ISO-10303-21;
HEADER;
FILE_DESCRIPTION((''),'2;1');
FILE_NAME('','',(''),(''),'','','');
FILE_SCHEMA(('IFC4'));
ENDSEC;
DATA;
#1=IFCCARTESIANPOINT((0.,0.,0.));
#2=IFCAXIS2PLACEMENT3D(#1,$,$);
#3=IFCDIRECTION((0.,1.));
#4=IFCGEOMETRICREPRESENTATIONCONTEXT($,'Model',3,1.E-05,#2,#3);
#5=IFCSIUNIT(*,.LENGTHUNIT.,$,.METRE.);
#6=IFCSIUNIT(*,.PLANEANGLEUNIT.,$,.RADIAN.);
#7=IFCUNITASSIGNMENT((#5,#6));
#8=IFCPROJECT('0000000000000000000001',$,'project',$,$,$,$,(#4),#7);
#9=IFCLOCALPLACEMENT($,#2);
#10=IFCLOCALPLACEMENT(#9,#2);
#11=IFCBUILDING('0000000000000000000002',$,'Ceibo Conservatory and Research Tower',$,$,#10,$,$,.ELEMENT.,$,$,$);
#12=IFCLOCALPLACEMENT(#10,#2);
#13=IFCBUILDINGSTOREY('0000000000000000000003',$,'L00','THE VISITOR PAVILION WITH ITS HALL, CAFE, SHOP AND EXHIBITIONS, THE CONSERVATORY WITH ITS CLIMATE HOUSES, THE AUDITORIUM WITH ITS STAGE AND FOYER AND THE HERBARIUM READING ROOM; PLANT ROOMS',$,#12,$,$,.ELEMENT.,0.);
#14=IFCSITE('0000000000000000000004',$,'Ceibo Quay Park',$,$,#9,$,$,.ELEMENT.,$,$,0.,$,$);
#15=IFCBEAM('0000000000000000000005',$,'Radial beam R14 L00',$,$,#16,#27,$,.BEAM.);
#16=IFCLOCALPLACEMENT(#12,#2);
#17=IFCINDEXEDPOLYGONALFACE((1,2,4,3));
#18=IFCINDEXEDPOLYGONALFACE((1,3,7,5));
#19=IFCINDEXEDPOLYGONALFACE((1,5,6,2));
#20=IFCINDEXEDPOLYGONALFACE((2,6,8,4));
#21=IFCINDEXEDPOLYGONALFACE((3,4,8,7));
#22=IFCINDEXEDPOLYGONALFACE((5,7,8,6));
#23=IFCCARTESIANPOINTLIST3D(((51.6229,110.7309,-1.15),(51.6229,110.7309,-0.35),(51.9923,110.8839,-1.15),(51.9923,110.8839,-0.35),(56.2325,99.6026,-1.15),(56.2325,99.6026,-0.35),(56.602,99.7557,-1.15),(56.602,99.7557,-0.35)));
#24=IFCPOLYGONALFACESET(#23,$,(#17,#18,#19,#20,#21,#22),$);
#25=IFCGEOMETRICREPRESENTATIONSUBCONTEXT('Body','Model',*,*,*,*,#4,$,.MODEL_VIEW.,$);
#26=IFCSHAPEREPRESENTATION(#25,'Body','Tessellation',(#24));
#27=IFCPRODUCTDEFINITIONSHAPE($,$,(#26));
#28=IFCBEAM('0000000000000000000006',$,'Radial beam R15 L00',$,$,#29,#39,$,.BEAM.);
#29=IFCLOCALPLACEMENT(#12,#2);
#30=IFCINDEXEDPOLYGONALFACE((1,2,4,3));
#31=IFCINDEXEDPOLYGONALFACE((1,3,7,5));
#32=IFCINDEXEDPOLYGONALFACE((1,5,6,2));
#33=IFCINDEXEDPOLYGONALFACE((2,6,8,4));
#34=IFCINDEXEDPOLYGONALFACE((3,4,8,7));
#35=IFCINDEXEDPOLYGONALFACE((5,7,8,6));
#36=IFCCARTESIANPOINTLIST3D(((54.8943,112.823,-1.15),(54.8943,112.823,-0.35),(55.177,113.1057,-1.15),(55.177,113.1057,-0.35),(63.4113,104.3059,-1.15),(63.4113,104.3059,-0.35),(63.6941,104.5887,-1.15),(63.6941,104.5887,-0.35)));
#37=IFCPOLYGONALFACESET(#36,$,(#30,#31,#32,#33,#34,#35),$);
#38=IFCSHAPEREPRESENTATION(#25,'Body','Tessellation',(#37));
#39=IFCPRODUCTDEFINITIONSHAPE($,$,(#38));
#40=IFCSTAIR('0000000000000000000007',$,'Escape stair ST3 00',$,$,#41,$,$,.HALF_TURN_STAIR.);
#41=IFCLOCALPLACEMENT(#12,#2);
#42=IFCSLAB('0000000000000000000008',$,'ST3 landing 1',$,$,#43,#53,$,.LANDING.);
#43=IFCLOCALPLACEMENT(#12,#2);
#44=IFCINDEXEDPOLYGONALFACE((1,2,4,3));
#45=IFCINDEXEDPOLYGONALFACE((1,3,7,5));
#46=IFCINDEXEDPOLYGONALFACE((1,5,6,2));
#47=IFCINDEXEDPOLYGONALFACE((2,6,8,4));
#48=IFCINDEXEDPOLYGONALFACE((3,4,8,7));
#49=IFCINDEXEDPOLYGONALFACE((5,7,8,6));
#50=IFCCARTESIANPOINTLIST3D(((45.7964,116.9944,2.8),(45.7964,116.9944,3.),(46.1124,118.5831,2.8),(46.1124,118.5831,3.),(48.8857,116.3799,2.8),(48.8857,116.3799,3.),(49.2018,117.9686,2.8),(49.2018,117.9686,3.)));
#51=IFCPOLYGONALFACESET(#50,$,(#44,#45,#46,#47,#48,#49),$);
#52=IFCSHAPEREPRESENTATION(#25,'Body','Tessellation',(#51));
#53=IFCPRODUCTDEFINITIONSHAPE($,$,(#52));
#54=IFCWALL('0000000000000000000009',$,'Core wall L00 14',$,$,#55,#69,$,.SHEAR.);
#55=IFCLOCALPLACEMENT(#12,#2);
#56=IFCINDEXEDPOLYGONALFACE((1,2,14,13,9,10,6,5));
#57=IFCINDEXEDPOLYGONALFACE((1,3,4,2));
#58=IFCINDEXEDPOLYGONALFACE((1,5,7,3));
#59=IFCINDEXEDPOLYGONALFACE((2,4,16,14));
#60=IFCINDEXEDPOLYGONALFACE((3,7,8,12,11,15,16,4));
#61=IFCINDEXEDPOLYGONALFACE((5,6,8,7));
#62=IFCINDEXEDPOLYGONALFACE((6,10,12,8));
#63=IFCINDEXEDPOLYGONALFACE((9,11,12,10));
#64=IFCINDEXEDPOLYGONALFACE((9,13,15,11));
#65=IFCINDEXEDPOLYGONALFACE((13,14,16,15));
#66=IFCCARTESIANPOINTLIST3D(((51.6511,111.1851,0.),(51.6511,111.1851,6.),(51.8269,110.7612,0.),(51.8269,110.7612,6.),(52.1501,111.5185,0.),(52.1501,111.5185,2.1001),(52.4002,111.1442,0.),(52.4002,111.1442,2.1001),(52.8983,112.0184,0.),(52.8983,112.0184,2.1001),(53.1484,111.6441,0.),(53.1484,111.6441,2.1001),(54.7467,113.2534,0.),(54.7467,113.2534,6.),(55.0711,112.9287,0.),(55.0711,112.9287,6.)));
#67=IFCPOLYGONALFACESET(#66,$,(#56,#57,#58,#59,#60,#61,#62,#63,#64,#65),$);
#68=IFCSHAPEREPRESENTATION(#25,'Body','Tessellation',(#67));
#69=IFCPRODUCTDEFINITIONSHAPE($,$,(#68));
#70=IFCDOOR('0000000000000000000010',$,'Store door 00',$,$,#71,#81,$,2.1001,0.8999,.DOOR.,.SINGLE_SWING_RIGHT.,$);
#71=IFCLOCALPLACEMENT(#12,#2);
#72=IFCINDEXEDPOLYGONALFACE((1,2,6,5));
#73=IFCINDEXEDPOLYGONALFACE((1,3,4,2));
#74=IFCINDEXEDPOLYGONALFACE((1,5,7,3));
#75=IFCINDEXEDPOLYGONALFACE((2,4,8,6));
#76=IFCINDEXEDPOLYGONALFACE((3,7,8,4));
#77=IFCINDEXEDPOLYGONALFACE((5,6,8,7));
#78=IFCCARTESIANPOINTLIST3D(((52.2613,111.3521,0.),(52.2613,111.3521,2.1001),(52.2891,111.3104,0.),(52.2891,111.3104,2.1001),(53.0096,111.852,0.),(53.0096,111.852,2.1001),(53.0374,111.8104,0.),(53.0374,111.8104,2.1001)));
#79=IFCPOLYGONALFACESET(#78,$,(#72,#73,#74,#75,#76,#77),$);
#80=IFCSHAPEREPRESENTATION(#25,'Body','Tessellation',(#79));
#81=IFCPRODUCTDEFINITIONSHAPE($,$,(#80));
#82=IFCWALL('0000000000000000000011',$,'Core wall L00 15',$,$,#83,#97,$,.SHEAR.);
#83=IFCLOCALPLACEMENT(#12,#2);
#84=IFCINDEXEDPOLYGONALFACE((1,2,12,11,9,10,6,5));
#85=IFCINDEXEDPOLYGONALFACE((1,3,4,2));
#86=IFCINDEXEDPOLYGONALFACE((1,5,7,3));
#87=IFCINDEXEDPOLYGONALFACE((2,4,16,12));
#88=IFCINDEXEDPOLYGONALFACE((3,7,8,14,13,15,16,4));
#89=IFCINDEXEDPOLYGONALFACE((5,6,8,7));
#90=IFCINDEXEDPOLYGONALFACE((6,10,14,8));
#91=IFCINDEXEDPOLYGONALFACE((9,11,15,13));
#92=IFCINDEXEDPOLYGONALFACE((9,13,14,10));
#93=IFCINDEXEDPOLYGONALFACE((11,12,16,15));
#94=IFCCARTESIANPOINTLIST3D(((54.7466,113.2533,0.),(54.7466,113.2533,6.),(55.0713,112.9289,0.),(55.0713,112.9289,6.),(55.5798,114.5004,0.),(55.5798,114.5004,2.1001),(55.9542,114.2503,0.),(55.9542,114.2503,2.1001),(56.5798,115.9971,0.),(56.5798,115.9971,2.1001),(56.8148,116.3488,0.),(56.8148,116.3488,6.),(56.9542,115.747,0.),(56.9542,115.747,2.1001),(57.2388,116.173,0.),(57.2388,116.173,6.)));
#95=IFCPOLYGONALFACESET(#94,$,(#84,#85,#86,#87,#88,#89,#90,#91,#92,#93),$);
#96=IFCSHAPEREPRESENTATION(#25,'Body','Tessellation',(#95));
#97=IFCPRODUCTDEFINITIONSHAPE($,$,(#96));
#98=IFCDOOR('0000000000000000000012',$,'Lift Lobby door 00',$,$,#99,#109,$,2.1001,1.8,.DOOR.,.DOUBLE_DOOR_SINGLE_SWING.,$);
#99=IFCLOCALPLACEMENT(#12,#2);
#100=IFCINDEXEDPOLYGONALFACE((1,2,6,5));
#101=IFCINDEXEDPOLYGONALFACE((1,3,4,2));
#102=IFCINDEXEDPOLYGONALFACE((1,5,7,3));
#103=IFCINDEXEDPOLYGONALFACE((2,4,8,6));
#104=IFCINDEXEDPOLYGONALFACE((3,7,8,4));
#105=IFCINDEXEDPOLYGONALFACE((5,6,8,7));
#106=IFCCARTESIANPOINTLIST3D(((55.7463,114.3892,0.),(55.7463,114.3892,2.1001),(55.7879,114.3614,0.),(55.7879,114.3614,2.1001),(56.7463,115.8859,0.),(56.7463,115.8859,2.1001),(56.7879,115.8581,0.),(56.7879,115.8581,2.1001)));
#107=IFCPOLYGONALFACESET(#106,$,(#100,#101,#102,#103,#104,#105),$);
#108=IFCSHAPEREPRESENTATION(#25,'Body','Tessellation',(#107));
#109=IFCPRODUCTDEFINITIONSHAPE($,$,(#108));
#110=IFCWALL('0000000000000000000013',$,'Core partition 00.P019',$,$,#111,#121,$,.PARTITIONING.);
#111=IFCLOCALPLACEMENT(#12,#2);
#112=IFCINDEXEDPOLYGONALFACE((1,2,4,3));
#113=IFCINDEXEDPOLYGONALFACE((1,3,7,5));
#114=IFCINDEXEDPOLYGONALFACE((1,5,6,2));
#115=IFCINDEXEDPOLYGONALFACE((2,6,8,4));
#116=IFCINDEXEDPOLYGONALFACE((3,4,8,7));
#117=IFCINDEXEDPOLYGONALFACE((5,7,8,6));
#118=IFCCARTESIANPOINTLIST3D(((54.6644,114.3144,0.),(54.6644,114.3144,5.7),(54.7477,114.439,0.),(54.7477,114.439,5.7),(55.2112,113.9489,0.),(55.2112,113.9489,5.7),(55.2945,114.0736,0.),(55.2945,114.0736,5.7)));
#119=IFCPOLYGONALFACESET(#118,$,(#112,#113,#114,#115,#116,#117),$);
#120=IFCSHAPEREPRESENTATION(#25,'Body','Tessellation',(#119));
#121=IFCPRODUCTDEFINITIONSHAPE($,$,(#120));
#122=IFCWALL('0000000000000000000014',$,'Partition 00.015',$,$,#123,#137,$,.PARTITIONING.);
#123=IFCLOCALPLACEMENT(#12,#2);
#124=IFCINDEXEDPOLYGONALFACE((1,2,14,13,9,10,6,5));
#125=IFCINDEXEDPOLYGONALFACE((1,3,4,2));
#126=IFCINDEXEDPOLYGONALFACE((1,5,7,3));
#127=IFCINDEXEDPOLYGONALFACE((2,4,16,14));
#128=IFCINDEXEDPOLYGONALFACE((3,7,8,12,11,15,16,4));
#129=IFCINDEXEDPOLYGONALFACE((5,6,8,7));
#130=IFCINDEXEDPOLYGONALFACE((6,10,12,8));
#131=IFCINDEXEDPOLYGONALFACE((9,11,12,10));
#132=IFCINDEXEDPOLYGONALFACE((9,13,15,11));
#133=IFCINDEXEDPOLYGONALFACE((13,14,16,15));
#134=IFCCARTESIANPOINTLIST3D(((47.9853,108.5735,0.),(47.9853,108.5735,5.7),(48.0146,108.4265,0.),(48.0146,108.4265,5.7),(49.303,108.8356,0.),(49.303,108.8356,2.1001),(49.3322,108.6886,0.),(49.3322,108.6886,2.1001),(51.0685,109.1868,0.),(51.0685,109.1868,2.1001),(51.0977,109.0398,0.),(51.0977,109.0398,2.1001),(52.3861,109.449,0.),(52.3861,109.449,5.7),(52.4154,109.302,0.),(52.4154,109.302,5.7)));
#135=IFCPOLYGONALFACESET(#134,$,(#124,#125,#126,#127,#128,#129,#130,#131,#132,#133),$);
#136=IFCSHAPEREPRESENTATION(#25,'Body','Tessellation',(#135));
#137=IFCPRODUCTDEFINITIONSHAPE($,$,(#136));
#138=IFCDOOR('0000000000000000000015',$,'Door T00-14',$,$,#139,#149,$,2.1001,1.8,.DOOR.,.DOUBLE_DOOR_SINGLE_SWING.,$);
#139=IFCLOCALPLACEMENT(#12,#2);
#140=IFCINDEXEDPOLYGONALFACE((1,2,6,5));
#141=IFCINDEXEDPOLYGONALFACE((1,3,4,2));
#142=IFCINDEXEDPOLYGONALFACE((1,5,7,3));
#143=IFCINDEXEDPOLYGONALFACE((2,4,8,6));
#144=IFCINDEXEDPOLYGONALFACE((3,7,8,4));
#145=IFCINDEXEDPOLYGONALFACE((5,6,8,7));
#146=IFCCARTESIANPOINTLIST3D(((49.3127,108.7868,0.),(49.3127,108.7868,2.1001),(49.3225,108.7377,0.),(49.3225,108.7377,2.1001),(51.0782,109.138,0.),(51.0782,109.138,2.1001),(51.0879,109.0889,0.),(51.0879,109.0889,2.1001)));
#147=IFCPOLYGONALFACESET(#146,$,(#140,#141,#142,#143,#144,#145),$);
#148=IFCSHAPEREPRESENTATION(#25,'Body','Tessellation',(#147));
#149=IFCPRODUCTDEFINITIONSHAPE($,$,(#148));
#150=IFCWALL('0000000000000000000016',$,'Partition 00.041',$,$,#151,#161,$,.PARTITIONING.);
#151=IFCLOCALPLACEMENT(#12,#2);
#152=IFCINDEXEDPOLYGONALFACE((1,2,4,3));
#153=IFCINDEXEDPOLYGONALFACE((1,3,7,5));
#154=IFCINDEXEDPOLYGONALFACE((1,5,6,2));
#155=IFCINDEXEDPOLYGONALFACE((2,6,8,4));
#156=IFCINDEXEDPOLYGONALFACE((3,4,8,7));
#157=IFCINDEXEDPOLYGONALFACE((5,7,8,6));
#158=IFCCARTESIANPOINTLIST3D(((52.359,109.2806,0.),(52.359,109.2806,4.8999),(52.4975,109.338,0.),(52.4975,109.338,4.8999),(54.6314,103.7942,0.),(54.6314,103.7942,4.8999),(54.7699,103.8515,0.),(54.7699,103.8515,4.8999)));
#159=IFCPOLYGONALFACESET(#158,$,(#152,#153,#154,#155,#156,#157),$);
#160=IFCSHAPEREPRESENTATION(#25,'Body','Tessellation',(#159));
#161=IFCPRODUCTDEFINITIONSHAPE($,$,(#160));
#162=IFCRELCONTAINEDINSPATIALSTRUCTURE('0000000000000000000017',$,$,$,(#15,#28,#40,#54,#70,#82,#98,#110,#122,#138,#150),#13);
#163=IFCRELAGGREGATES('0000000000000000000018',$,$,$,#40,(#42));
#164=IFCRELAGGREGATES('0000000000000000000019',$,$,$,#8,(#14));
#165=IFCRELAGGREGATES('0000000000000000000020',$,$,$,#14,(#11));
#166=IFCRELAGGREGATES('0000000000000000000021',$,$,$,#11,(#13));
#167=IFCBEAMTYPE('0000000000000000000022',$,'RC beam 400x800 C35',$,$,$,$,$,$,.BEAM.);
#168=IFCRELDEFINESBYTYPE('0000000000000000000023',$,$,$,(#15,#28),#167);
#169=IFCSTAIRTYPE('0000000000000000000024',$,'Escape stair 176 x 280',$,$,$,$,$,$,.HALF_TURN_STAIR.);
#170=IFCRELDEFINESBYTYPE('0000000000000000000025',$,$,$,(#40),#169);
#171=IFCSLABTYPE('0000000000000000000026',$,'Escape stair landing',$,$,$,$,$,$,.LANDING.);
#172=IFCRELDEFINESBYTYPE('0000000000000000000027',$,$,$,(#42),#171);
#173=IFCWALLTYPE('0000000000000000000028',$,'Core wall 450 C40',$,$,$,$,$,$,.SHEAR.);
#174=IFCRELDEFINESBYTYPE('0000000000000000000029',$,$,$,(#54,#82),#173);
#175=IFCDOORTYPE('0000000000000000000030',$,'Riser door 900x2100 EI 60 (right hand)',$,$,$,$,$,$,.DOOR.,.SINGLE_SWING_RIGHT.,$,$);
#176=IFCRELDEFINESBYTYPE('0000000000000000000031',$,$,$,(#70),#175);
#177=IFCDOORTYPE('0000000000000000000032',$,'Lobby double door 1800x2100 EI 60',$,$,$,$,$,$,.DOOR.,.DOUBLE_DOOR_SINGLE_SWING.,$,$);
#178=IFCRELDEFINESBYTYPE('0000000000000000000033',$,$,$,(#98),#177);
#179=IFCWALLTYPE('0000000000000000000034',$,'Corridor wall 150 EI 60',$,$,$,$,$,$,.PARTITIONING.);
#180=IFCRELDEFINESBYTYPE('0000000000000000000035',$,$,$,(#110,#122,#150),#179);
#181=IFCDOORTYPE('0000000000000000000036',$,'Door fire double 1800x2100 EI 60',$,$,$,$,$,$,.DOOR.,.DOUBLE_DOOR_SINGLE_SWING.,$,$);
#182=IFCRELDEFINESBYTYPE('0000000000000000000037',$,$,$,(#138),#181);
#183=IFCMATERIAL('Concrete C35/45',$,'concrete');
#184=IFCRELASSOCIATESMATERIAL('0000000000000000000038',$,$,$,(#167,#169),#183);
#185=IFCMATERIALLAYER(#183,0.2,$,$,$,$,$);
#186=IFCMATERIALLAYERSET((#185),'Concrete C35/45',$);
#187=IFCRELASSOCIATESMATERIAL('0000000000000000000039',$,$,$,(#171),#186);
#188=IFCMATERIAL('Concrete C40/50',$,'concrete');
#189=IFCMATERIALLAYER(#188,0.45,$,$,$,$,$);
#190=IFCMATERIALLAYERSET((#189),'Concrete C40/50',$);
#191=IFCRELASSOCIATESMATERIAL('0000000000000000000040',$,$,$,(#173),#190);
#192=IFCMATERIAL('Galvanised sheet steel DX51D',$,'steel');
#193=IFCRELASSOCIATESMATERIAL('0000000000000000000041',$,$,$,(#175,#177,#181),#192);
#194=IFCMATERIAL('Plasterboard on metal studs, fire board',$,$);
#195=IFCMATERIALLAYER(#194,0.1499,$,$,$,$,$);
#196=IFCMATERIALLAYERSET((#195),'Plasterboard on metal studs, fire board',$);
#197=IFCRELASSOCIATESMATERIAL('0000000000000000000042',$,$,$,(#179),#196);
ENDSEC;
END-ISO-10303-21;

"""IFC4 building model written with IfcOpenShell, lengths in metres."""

from ifc_helpers import new_model, si_unit, direction, frame, frame_2d, origin, origin_2d, place, context, subcontext, project, spatial, polyline, rectangle, outline, extrude, material, layer, layer_set, material_profile, profile_set, type_object, element, fill, aggregate, save


model = new_model("IFC4")

# Units and contexts
model_context = context("Model", 3, precision=1e-05, world=origin(), true_north=direction((0.0, 1.0)))
body_context = subcontext(model_context, "Body", "Model", "MODEL_VIEW")
ifc_project = project(units=[si_unit("LENGTHUNIT", "METRE"), si_unit("PLANEANGLEUNIT", "RADIAN")], contexts=[model_context])

# Site, building, storey
site_placement = place(None, origin())
site = spatial("IfcSite", under=ifc_project, at=site_placement, Name="Ceibo Quay Park", CompositionType="ELEMENT", RefElevation=0.0)
building_placement = place(site_placement, origin())
building = spatial("IfcBuilding", under=site, at=building_placement, Name="Ceibo Conservatory and Research Tower", CompositionType="ELEMENT")
storey_placement = place(building_placement, origin())
storey = spatial("IfcBuildingStorey", under=building, at=storey_placement, Name="L00", Description="THE VISITOR PAVILION WITH ITS HALL, CAFE, SHOP AND EXHIBITIONS, THE CONSERVATORY WITH ITS CLIMATE HOUSES, THE AUDITORIUM WITH ITS STAGE AND FOYER AND THE HERBARIUM READING ROOM; PLANT ROOMS", CompositionType="ELEMENT", Elevation=0.0)

# Beams
ifc_material_1 = material(Name="Concrete C35/45", Category="concrete")
ifc_material_profile = material_profile(ifc_material_1, rectangle(XDim=0.3999, YDim=0.8, at=origin_2d()), Name="RC 400x800")
ifc_profile_set = profile_set([ifc_material_profile], Name="Concrete C35/45")
beam_type = type_object("IfcBeamType", Name="RC beam 400x800 C35", PredefinedType="BEAM", material=ifc_profile_set)
beam_1_placement = place(storey_placement, frame((51.8076, 110.8074, -0.75), z_axis=(0.382696, -0.923874, 0.0), x_axis=(0.923874, 0.382696, 0.0)))
element("IfcBeam", 1, at=beam_1_placement, inside=storey, type_object=beam_type, Name="Radial beam R14 L00", PredefinedType="BEAM", context=body_context, shape_type="SweptSolid", body=[
    extrude(rectangle(XDim=0.3999, YDim=0.8, at=origin_2d()), origin(), (0.0, 0.0, 1.0), 12.0452),
])
beam_2_placement = place(storey_placement, frame((55.0356, 112.9644, -0.75), z_axis=(0.707107, -0.707107, 0.0), x_axis=(0.707107, 0.707107, 0.0)))
element("IfcBeam", 2, at=beam_2_placement, inside=storey, type_object=beam_type, Name="Radial beam R15 L00", PredefinedType="BEAM", context=body_context, shape_type="SweptSolid", body=[
    extrude(rectangle(XDim=0.3999, YDim=0.8, at=origin_2d()), origin(), (0.0, 0.0, 1.0), 12.0449),
])

# Stair, slab
stair_type = type_object("IfcStairType", Name="Escape stair 176 x 280", PredefinedType="HALF_TURN_STAIR", material=ifc_material_1)
stair_placement = place(storey_placement, origin())
stair = element("IfcStair", 3, at=stair_placement, inside=storey, type_object=stair_type, Name="Escape stair ST3 00", PredefinedType="HALF_TURN_STAIR")
ifc_layer_1 = layer(ifc_material_1, 0.2)
ifc_layer_set_1 = layer_set([ifc_layer_1], Name="Concrete C35/45")
slab_type = type_object("IfcSlabType", Name="Escape stair landing", PredefinedType="LANDING", material=ifc_layer_set_1)
slab_placement = place(storey_placement, frame((48.8857, 116.3799, 2.8), z_axis=(0.0, 0.0, 1.0), x_axis=(0.19509, 0.980785, 0.0)))
slab = element("IfcSlab", 4, at=slab_placement, type_object=slab_type, Name="ST3 landing 1", PredefinedType="LANDING", context=body_context, shape_type="SweptSolid", body=[
    extrude(outline(polyline([(0.0, 0.0), (1.6199, 0.0), (1.6199, 3.1499), (0.0, 3.1499), (0.0, 0.0)])), origin(), (0.0, 0.0, 1.0), 0.2),
])

# Walls, openings, doors
ifc_material_2 = material(Name="Concrete C40/50", Category="concrete")
ifc_layer_2 = layer(ifc_material_2, 0.45)
ifc_layer_set_2 = layer_set([ifc_layer_2], Name="Concrete C40/50")
wall_type_1 = type_object("IfcWallType", Name="Core wall 450 C40", PredefinedType="SHEAR", material=ifc_layer_set_2)
wall_1_placement = place(storey_placement, frame((51.739, 110.9731, 0.0), z_axis=(0.0, 0.0, 1.0), x_axis=(0.831488, 0.555542, 0.0)))
wall_1 = element("IfcWall", 5, at=wall_1_placement, inside=storey, type_object=wall_type_1, Name="Core wall L00 14", PredefinedType="SHEAR", context=body_context, shape_type="SweptSolid", body=[
    extrude(outline(polyline([(-0.0447, -0.2251), (3.8569, -0.2251), (3.7676, 0.2251), (0.0447, 0.2251), (-0.0447, -0.2251)])), origin(), (0.0, 0.0, 1.0), 6.0),
])
opening_1_placement = place(wall_1_placement, frame((0.6448, 0.0, 0.0)))
opening_1 = element("IfcOpeningElement", 6, at=opening_1_placement, cuts=wall_1, PredefinedType="OPENING", context=body_context, shape_type="SweptSolid", body=[
    extrude(rectangle(XDim=0.8999, YDim=2.1001, at=frame_2d((0.45, 1.05))), frame((0.0, 0.2349, 0.0), z_axis=(0.0, -1.0, 0.0), x_axis=(1.0, 0.0, 0.0)), (0.0, 0.0, 1.0), 0.47),
])
ifc_material_3 = material(Name="Galvanised sheet steel DX51D", Category="steel")
door_type_1 = type_object("IfcDoorType", Name="Riser door 900x2100 EI 60 (right hand)", OperationType="SINGLE_SWING_RIGHT", PredefinedType="DOOR", material=ifc_material_3)
door_1_placement = place(opening_1_placement, origin())
door_1 = element("IfcDoor", 7, at=door_1_placement, inside=storey, type_object=door_type_1, Name="Store door 00", OperationType="SINGLE_SWING_RIGHT", OverallHeight=2.1001, OverallWidth=0.8999, PredefinedType="DOOR", context=body_context, shape_type="SweptSolid", body=[
    extrude(rectangle(XDim=0.8999, YDim=2.1001, at=frame_2d((0.45, 1.05))), frame((0.0, 0.0249, 0.0), z_axis=(0.0, -1.0, 0.0), x_axis=(1.0, 0.0, 0.0)), (0.0, 0.0, 1.0), 0.05),
])
fill(opening_1, door_1)
wall_2_placement = place(storey_placement, frame((54.9089, 113.0911, 0.0), z_axis=(0.0, 0.0, 1.0), x_axis=(0.555542, 0.831488, 0.0)))
wall_2 = element("IfcWall", 8, at=wall_2_placement, inside=storey, type_object=wall_type_1, Name="Core wall L00 15", PredefinedType="SHEAR", context=body_context, shape_type="SweptSolid", body=[
    extrude(outline(polyline([(-0.0447, -0.2251), (3.8569, -0.2251), (3.7676, 0.2251), (0.0447, 0.2251), (-0.0447, -0.2251)])), origin(), (0.0, 0.0, 1.0), 6.0),
])
opening_2_placement = place(wall_2_placement, frame((1.5447, 0.0, 0.0)))
opening_2 = element("IfcOpeningElement", 9, at=opening_2_placement, cuts=wall_2, PredefinedType="OPENING", context=body_context, shape_type="SweptSolid", body=[
    extrude(rectangle(XDim=1.8, YDim=2.1001, at=frame_2d((0.8999, 1.05))), frame((0.0, 0.2349, 0.0), z_axis=(0.0, -1.0, 0.0), x_axis=(1.0, 0.0, 0.0)), (0.0, 0.0, 1.0), 0.47),
])
door_type_2 = type_object("IfcDoorType", Name="Lobby double door 1800x2100 EI 60", OperationType="DOUBLE_DOOR_SINGLE_SWING", PredefinedType="DOOR", material=ifc_material_3)
door_2_placement = place(opening_2_placement, origin())
door_2 = element("IfcDoor", 10, at=door_2_placement, inside=storey, type_object=door_type_2, Name="Lift Lobby door 00", OperationType="DOUBLE_DOOR_SINGLE_SWING", OverallHeight=2.1001, OverallWidth=1.8, PredefinedType="DOOR", context=body_context, shape_type="SweptSolid", body=[
    extrude(rectangle(XDim=1.8, YDim=2.1001, at=frame_2d((0.8999, 1.05))), frame((0.0, 0.0249, 0.0), z_axis=(0.0, -1.0, 0.0), x_axis=(1.0, 0.0, 0.0)), (0.0, 0.0, 1.0), 0.05),
])
fill(opening_2, door_2)

# Wall
ifc_material_4 = material(Name="Plasterboard on metal studs, fire board")
ifc_layer_3 = layer(ifc_material_4, 0.1499)
ifc_layer_set_3 = layer_set([ifc_layer_3], Name="Plasterboard on metal studs, fire board")
wall_type_2 = type_object("IfcWallType", Name="Corridor wall 150 EI 60", PredefinedType="PARTITIONING", material=ifc_layer_set_3)
wall_3_placement = place(storey_placement, frame((54.7061, 114.3767, 0.0), z_axis=(0.0, 0.0, 1.0), x_axis=(0.831422, -0.555642, 0.0)))
element("IfcWall", 11, at=wall_3_placement, inside=storey, type_object=wall_type_2, Name="Core partition 00.P019", PredefinedType="PARTITIONING", context=body_context, shape_type="SweptSolid", body=[
    extrude(rectangle(XDim=0.6577, YDim=0.1499, at=frame_2d((0.3289, 0.0))), origin(), (0.0, 0.0, 1.0), 5.7),
])

# Wall, opening, door
wall_4_placement = place(storey_placement, frame((52.4009, 109.3755, 0.0), z_axis=(0.0, 0.0, 1.0), x_axis=(-0.980781, -0.195112, 0.0)))
wall_4 = element("IfcWall", 12, at=wall_4_placement, inside=storey, type_object=wall_type_2, Name="Partition 00.015", PredefinedType="PARTITIONING", context=body_context, shape_type="SweptSolid", body=[
    extrude(rectangle(XDim=4.4871, YDim=0.1499, at=frame_2d((2.2437, 0.0))), origin(), (0.0, 0.0, 1.0), 5.7),
])
opening_3_placement = place(wall_4_placement, frame((1.3438, 0.0, 0.0)))
opening_3 = element("IfcOpeningElement", 13, at=opening_3_placement, cuts=wall_4, PredefinedType="OPENING", context=body_context, shape_type="SweptSolid", body=[
    extrude(rectangle(XDim=1.8, YDim=2.1001, at=frame_2d((0.8999, 1.05))), frame((0.0, 0.085, 0.0), z_axis=(0.0, -1.0, 0.0), x_axis=(1.0, 0.0, 0.0)), (0.0, 0.0, 1.0), 0.1699),
])
door_type_3 = type_object("IfcDoorType", Name="Door fire double 1800x2100 EI 60", OperationType="DOUBLE_DOOR_SINGLE_SWING", PredefinedType="DOOR", material=ifc_material_3)
door_3_placement = place(opening_3_placement, origin())
door_3 = element("IfcDoor", 14, at=door_3_placement, inside=storey, type_object=door_type_3, Name="Door T00-14", OperationType="DOUBLE_DOOR_SINGLE_SWING", OverallHeight=2.1001, OverallWidth=1.8, PredefinedType="DOOR", context=body_context, shape_type="SweptSolid", body=[
    extrude(rectangle(XDim=1.8, YDim=2.1001, at=frame_2d((0.8999, 1.05))), frame((0.0, 0.0249, 0.0), z_axis=(0.0, -1.0, 0.0), x_axis=(1.0, 0.0, 0.0)), (0.0, 0.0, 1.0), 0.05),
])
fill(opening_3, door_3)

# Wall
wall_5_placement = place(storey_placement, frame((52.4282, 109.3093, 0.0), z_axis=(0.0, 0.0, 1.0), x_axis=(0.382662, -0.923889, 0.0)))
element("IfcWall", 15, at=wall_5_placement, inside=storey, type_object=wall_type_2, Name="Partition 00.041", PredefinedType="PARTITIONING", context=body_context, shape_type="SweptSolid", body=[
    extrude(rectangle(XDim=5.9385, YDim=0.1499, at=frame_2d((2.9692, 0.0))), origin(), (0.0, 0.0, 1.0), 4.8999),
])

aggregate(stair, [slab])

save(model, "model.ifc")
